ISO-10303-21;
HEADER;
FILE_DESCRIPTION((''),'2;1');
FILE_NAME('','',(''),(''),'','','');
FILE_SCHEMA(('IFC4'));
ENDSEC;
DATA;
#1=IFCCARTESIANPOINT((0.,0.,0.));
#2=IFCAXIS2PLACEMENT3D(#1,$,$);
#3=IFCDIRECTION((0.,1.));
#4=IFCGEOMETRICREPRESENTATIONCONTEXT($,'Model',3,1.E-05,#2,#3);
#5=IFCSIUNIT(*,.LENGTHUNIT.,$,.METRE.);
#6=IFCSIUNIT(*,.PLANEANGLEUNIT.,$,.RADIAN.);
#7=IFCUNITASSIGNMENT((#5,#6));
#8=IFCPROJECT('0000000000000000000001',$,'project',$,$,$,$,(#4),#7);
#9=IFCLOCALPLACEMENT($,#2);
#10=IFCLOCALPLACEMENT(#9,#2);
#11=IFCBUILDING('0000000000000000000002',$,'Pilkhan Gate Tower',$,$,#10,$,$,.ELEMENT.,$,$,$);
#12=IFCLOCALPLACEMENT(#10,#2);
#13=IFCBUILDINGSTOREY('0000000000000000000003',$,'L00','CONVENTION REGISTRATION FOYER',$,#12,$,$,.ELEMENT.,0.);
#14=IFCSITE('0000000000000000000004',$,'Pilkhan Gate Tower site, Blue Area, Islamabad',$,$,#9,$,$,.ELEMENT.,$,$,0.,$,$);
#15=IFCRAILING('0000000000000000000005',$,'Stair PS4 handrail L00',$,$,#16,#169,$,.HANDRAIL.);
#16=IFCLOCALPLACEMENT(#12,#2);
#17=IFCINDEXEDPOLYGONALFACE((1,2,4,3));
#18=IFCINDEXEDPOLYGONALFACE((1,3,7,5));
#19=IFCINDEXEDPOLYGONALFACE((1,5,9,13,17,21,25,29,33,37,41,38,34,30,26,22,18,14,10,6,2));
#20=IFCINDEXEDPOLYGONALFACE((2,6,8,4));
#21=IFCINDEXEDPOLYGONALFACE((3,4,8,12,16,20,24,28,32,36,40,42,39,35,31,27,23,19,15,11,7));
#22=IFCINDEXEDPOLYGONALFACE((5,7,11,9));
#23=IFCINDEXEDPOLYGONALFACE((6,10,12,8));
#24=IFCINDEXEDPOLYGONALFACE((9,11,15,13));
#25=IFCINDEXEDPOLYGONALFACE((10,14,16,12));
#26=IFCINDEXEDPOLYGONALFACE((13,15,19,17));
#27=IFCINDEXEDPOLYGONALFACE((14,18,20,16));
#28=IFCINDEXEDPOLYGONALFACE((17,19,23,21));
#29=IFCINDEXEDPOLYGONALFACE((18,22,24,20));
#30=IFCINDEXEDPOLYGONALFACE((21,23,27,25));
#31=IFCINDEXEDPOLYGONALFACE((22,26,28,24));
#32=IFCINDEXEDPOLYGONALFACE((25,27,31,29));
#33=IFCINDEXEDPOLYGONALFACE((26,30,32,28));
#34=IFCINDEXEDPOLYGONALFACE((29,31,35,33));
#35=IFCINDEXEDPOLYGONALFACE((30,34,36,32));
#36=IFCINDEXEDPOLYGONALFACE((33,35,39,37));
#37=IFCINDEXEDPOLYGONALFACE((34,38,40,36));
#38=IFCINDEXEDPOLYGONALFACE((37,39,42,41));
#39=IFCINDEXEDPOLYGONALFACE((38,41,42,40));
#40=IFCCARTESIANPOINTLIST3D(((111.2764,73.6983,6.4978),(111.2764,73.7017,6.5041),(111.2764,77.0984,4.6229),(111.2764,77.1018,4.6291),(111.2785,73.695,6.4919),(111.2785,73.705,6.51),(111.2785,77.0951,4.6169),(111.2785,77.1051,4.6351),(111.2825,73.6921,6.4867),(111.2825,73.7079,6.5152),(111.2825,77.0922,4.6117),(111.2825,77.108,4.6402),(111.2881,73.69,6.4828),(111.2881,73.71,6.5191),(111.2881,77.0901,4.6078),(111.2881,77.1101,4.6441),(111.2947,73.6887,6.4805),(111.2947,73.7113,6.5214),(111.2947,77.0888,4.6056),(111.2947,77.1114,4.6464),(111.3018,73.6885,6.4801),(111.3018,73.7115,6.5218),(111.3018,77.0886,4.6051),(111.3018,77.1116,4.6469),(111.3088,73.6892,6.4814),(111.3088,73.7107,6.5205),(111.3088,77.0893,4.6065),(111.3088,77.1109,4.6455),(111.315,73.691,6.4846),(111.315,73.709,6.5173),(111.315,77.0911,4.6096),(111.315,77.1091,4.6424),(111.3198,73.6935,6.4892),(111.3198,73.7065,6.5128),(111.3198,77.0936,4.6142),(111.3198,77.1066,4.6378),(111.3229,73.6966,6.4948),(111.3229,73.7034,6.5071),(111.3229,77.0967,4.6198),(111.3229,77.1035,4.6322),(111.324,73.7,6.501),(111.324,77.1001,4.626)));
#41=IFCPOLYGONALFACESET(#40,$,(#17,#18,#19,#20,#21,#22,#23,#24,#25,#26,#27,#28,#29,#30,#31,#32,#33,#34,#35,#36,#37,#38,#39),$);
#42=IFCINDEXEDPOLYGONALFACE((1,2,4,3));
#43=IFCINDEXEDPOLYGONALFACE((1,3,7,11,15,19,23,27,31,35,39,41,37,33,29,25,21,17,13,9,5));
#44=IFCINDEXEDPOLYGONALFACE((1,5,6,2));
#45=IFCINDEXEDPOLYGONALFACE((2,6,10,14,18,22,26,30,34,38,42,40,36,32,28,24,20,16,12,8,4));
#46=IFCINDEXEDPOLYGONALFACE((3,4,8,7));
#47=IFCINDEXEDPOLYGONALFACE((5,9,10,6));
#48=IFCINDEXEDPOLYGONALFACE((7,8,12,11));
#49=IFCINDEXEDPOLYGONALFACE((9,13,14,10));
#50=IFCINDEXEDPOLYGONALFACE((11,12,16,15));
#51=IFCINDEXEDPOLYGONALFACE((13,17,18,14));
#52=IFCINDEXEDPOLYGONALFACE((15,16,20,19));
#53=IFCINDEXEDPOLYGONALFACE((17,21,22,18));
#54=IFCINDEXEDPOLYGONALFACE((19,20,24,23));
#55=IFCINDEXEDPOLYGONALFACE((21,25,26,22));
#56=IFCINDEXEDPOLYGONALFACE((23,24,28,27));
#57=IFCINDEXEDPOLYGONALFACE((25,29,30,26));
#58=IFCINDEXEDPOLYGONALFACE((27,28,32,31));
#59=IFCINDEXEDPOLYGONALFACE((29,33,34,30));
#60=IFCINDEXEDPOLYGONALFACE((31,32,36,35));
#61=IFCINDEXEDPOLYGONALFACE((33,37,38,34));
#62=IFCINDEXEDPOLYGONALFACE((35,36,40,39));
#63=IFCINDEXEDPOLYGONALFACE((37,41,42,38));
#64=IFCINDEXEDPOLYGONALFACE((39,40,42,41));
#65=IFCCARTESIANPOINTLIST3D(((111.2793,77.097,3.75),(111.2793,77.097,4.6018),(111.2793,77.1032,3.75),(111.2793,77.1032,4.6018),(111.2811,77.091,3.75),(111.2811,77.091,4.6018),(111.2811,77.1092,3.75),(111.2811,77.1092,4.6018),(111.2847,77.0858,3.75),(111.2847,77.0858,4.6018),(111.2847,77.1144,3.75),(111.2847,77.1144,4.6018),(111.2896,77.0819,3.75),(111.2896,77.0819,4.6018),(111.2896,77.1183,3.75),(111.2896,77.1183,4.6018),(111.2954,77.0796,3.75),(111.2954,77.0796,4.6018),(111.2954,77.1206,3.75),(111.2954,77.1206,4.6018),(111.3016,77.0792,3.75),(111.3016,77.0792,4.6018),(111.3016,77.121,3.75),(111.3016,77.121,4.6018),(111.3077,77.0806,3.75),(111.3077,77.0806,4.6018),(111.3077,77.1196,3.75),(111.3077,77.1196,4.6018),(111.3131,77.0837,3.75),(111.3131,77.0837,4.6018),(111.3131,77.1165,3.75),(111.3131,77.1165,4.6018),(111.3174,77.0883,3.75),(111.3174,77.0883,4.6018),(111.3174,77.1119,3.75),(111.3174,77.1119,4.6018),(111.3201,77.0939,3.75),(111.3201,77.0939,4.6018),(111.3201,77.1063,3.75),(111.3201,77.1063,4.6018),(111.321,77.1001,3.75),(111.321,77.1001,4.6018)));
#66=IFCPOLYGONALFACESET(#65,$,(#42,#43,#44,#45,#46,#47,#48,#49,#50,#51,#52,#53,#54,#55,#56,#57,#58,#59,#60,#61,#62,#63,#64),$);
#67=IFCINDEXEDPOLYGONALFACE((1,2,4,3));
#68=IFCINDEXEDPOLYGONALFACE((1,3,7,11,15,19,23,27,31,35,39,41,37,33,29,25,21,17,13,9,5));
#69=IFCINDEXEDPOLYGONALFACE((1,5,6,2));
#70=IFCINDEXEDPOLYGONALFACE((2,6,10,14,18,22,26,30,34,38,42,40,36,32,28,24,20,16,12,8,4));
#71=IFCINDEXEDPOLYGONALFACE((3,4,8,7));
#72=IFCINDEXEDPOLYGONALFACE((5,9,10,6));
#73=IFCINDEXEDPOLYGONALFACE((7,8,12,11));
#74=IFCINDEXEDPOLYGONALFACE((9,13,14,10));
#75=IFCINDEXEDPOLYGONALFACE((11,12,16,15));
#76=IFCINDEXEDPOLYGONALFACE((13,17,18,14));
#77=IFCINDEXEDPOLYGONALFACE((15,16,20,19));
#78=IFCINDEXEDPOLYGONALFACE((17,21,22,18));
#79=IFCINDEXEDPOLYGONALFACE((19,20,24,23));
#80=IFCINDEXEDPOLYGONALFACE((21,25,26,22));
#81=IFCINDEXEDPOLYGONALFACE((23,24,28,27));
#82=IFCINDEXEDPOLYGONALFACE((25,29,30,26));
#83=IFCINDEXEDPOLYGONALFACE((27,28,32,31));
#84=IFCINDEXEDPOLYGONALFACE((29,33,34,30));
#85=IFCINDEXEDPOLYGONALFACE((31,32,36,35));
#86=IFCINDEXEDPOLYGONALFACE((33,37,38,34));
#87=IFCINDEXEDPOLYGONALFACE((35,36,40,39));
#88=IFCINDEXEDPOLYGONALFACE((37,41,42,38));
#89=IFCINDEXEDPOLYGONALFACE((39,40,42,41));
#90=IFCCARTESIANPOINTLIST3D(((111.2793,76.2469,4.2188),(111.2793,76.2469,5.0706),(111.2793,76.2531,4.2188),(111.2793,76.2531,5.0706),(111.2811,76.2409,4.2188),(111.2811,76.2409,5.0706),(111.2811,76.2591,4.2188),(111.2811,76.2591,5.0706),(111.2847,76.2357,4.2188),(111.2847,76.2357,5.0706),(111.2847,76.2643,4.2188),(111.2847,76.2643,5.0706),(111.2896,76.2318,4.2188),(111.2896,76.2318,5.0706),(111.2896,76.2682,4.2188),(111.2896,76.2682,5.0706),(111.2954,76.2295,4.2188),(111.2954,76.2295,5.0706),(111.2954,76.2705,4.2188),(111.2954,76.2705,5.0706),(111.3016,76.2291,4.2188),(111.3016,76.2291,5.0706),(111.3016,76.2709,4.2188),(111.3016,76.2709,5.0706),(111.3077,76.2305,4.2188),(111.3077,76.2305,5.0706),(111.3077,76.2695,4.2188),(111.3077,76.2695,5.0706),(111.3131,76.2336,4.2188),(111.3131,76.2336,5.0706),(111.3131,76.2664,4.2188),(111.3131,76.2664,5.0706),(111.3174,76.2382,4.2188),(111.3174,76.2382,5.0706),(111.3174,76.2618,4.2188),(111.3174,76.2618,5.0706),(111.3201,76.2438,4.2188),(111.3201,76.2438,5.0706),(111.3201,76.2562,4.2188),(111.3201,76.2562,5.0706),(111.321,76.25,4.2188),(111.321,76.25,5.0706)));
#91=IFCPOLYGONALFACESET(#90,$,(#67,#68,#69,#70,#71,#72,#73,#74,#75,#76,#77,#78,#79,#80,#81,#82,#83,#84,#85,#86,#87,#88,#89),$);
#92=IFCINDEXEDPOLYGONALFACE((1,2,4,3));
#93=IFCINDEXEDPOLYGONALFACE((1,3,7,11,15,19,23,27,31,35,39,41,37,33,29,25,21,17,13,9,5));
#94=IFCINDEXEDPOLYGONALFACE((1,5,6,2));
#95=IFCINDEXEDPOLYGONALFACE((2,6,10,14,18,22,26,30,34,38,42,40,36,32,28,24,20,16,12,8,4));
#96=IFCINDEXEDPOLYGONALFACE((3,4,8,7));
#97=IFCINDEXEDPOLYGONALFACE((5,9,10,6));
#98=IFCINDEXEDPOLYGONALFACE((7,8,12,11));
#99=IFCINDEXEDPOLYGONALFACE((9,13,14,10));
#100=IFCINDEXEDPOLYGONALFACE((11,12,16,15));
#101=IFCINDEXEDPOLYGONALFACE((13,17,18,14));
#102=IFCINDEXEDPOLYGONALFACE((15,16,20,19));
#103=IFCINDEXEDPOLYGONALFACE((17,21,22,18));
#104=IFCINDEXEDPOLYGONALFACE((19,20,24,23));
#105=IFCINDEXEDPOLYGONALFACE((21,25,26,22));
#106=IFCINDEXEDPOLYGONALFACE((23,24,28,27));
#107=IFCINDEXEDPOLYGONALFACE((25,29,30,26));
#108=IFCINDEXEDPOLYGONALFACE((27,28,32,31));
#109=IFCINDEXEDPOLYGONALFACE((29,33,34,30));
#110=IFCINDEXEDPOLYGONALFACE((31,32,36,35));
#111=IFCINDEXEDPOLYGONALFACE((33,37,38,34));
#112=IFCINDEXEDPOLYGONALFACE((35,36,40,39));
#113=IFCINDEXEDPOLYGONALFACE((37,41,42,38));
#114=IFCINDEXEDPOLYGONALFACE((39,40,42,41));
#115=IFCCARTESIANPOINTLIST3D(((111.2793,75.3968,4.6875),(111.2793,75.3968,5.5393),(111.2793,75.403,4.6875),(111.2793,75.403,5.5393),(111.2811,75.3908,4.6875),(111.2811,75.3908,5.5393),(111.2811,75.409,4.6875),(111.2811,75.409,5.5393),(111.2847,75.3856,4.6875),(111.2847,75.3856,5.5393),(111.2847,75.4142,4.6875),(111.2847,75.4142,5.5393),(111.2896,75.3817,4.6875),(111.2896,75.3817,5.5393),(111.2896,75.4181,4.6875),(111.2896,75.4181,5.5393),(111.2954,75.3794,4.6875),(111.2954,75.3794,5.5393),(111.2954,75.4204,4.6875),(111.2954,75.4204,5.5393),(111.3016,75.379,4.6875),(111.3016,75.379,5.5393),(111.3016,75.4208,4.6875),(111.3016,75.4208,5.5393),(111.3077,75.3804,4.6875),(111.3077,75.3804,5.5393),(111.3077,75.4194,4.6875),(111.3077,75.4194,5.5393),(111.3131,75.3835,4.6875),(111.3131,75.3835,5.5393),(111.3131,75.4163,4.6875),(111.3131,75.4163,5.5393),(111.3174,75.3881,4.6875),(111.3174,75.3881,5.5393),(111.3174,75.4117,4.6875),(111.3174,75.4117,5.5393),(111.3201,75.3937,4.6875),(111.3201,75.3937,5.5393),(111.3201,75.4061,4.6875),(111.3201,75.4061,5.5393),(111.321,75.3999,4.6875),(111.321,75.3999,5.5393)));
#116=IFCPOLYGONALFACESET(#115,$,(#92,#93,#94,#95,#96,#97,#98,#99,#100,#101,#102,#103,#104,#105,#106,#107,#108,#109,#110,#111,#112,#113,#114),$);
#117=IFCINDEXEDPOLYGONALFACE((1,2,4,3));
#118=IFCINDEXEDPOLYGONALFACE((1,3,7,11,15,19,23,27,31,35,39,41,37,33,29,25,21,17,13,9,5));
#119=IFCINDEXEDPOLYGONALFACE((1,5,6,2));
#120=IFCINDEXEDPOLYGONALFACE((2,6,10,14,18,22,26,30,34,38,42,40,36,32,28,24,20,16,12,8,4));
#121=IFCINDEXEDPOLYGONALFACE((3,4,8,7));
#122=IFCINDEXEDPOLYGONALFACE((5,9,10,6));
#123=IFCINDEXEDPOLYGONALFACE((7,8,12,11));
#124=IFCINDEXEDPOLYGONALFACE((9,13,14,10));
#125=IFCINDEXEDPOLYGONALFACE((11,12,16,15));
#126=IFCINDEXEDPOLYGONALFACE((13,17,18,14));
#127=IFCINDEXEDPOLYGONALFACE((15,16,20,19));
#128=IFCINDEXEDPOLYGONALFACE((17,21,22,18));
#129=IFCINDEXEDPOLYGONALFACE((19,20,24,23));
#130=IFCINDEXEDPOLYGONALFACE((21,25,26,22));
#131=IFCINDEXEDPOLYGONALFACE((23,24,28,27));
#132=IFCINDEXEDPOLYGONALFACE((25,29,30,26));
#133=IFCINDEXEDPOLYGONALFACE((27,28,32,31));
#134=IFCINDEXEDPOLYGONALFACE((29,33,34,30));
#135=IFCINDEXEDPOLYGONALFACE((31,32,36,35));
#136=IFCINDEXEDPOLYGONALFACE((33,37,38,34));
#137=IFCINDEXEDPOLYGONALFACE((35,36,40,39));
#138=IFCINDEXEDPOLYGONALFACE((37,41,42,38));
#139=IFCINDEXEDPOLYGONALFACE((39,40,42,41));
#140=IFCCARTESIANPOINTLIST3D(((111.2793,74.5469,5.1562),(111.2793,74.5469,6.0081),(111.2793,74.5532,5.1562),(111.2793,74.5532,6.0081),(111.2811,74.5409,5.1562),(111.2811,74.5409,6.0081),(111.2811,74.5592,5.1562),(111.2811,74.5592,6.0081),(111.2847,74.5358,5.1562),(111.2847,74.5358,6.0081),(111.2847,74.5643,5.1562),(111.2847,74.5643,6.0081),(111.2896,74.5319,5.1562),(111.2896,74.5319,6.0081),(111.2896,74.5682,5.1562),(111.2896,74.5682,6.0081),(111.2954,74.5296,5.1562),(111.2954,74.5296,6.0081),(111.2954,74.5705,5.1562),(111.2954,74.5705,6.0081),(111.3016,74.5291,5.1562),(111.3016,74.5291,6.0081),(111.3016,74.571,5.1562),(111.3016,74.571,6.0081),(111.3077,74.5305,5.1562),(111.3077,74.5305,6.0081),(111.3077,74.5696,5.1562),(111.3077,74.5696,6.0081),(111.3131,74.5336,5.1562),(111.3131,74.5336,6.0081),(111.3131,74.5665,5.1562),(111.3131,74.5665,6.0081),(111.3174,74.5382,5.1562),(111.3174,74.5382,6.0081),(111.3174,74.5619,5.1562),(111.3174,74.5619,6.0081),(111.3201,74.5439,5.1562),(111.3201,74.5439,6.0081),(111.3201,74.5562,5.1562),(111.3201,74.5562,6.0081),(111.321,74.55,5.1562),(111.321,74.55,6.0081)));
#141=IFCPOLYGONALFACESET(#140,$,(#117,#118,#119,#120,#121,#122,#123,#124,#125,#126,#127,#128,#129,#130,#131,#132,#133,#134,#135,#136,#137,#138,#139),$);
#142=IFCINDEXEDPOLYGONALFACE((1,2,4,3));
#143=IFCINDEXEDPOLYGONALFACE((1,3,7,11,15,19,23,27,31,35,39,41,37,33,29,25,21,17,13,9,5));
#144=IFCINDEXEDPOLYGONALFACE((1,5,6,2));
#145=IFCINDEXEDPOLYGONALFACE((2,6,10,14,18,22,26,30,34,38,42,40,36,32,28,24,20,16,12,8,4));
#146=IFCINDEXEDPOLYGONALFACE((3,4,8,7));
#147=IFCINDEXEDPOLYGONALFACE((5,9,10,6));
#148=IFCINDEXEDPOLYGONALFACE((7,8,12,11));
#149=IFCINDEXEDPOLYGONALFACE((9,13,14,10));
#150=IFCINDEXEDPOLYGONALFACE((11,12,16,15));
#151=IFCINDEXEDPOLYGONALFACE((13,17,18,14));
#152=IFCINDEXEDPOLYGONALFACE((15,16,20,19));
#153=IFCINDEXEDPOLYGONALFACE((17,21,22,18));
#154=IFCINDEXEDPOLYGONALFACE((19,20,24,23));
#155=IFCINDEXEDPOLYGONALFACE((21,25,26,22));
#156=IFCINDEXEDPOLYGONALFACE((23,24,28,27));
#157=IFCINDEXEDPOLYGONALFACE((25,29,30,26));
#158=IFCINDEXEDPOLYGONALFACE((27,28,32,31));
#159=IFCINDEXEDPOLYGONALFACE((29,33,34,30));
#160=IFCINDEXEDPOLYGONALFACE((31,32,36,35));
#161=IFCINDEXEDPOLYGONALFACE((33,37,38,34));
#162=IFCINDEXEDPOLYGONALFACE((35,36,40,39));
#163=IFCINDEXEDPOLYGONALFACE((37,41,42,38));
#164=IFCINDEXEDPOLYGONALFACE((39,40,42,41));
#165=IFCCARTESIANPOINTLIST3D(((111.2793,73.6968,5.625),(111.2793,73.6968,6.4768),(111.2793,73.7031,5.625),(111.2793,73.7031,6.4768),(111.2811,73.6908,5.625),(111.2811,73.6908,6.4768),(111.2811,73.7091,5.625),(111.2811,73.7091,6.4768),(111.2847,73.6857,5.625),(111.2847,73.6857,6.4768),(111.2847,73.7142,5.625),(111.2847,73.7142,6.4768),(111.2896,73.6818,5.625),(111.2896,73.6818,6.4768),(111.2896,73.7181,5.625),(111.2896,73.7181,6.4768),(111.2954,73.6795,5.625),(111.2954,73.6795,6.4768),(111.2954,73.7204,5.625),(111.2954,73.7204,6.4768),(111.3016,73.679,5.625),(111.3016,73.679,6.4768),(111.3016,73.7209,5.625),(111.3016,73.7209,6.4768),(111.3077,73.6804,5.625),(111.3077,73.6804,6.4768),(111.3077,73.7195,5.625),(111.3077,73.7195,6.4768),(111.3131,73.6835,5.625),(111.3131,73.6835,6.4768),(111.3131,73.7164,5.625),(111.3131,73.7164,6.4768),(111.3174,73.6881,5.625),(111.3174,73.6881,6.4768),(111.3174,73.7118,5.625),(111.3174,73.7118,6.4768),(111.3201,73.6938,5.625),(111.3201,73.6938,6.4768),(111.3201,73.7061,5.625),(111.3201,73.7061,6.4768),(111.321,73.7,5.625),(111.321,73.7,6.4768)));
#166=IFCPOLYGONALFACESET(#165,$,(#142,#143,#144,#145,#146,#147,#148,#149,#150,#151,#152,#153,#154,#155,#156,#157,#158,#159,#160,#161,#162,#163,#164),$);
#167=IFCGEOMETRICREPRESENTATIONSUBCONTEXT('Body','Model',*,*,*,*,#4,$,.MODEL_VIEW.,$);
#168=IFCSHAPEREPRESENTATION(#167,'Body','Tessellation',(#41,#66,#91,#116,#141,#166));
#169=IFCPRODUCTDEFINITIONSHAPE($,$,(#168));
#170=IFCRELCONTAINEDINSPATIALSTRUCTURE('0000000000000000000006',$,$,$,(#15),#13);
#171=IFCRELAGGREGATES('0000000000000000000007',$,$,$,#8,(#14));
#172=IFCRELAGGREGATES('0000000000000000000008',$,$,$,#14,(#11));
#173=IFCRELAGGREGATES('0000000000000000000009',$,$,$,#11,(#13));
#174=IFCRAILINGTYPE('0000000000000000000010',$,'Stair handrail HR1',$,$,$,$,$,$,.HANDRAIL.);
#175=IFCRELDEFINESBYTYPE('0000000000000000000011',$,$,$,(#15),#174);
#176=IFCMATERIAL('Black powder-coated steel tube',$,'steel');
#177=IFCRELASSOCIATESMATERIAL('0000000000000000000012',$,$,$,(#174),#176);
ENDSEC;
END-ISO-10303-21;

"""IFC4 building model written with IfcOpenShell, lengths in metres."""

from ifc_helpers import new_model, si_unit, direction, frame, origin, origin_2d, place, context, subcontext, project, spatial, circle, extrude, material, type_object, element, save


model = new_model("IFC4")

# Units and contexts
model_context = context("Model", 3, precision=1e-05, world=origin(), true_north=direction((0.0, 1.0)))
body_context = subcontext(model_context, "Body", "Model", "MODEL_VIEW")
ifc_project = project(units=[si_unit("LENGTHUNIT", "METRE"), si_unit("PLANEANGLEUNIT", "RADIAN")], contexts=[model_context])

# Site, building, storey
site_placement = place(None, origin())
site = spatial("IfcSite", under=ifc_project, at=site_placement, Name="Pilkhan Gate Tower site, Blue Area, Islamabad", CompositionType="ELEMENT", RefElevation=0.0)
building_placement = place(site_placement, origin())
building = spatial("IfcBuilding", under=site, at=building_placement, Name="Pilkhan Gate Tower", CompositionType="ELEMENT")
storey_placement = place(building_placement, origin())
storey = spatial("IfcBuildingStorey", under=building, at=storey_placement, Name="L00", Description="CONVENTION REGISTRATION FOYER", CompositionType="ELEMENT", Elevation=0.0)

# Railing
ifc_material_1 = material(Name="Black powder-coated steel tube", Category="steel")
railing_type_1 = type_object("IfcRailingType", Name="Stair handrail HR1", PredefinedType="HANDRAIL", material=ifc_material_1)
for number, where, name in (
    (1, (111.3, 77.1001, 3.75), "Stair PS4 handrail L00"),
):
    element("IfcRailing", number, at=place(storey_placement, frame(where)), inside=storey, type_object=railing_type_1, Name=name, PredefinedType="HANDRAIL", context=body_context, shape_type="SweptSolid", body=[
        extrude(circle(Radius=0.0239, at=origin_2d()), frame((0.0, 0.0, 0.876), z_axis=(0.0, -0.87568, 0.482891), x_axis=(1.0, 0.0, 0.0)), (0.0, 0.0, 1.0), 3.8828),
        extrude(circle(Radius=0.021, at=origin_2d()), origin(), (0.0, 0.0, 1.0), 0.8518),
        extrude(circle(Radius=0.021, at=origin_2d()), frame((0.0, -0.8501, 0.4688)), (0.0, 0.0, 1.0), 0.8518),
        extrude(circle(Radius=0.021, at=origin_2d()), frame((0.0, -1.7002, 0.9375)), (0.0, 0.0, 1.0), 0.8518),
        extrude(circle(Radius=0.021, at=origin_2d()), frame((0.0, -2.55, 1.4062)), (0.0, 0.0, 1.0), 0.8518),
        extrude(circle(Radius=0.021, at=origin_2d()), frame((0.0, -3.4001, 1.875)), (0.0, 0.0, 1.0), 0.8518),
    ])

save(model, "model.ifc")
